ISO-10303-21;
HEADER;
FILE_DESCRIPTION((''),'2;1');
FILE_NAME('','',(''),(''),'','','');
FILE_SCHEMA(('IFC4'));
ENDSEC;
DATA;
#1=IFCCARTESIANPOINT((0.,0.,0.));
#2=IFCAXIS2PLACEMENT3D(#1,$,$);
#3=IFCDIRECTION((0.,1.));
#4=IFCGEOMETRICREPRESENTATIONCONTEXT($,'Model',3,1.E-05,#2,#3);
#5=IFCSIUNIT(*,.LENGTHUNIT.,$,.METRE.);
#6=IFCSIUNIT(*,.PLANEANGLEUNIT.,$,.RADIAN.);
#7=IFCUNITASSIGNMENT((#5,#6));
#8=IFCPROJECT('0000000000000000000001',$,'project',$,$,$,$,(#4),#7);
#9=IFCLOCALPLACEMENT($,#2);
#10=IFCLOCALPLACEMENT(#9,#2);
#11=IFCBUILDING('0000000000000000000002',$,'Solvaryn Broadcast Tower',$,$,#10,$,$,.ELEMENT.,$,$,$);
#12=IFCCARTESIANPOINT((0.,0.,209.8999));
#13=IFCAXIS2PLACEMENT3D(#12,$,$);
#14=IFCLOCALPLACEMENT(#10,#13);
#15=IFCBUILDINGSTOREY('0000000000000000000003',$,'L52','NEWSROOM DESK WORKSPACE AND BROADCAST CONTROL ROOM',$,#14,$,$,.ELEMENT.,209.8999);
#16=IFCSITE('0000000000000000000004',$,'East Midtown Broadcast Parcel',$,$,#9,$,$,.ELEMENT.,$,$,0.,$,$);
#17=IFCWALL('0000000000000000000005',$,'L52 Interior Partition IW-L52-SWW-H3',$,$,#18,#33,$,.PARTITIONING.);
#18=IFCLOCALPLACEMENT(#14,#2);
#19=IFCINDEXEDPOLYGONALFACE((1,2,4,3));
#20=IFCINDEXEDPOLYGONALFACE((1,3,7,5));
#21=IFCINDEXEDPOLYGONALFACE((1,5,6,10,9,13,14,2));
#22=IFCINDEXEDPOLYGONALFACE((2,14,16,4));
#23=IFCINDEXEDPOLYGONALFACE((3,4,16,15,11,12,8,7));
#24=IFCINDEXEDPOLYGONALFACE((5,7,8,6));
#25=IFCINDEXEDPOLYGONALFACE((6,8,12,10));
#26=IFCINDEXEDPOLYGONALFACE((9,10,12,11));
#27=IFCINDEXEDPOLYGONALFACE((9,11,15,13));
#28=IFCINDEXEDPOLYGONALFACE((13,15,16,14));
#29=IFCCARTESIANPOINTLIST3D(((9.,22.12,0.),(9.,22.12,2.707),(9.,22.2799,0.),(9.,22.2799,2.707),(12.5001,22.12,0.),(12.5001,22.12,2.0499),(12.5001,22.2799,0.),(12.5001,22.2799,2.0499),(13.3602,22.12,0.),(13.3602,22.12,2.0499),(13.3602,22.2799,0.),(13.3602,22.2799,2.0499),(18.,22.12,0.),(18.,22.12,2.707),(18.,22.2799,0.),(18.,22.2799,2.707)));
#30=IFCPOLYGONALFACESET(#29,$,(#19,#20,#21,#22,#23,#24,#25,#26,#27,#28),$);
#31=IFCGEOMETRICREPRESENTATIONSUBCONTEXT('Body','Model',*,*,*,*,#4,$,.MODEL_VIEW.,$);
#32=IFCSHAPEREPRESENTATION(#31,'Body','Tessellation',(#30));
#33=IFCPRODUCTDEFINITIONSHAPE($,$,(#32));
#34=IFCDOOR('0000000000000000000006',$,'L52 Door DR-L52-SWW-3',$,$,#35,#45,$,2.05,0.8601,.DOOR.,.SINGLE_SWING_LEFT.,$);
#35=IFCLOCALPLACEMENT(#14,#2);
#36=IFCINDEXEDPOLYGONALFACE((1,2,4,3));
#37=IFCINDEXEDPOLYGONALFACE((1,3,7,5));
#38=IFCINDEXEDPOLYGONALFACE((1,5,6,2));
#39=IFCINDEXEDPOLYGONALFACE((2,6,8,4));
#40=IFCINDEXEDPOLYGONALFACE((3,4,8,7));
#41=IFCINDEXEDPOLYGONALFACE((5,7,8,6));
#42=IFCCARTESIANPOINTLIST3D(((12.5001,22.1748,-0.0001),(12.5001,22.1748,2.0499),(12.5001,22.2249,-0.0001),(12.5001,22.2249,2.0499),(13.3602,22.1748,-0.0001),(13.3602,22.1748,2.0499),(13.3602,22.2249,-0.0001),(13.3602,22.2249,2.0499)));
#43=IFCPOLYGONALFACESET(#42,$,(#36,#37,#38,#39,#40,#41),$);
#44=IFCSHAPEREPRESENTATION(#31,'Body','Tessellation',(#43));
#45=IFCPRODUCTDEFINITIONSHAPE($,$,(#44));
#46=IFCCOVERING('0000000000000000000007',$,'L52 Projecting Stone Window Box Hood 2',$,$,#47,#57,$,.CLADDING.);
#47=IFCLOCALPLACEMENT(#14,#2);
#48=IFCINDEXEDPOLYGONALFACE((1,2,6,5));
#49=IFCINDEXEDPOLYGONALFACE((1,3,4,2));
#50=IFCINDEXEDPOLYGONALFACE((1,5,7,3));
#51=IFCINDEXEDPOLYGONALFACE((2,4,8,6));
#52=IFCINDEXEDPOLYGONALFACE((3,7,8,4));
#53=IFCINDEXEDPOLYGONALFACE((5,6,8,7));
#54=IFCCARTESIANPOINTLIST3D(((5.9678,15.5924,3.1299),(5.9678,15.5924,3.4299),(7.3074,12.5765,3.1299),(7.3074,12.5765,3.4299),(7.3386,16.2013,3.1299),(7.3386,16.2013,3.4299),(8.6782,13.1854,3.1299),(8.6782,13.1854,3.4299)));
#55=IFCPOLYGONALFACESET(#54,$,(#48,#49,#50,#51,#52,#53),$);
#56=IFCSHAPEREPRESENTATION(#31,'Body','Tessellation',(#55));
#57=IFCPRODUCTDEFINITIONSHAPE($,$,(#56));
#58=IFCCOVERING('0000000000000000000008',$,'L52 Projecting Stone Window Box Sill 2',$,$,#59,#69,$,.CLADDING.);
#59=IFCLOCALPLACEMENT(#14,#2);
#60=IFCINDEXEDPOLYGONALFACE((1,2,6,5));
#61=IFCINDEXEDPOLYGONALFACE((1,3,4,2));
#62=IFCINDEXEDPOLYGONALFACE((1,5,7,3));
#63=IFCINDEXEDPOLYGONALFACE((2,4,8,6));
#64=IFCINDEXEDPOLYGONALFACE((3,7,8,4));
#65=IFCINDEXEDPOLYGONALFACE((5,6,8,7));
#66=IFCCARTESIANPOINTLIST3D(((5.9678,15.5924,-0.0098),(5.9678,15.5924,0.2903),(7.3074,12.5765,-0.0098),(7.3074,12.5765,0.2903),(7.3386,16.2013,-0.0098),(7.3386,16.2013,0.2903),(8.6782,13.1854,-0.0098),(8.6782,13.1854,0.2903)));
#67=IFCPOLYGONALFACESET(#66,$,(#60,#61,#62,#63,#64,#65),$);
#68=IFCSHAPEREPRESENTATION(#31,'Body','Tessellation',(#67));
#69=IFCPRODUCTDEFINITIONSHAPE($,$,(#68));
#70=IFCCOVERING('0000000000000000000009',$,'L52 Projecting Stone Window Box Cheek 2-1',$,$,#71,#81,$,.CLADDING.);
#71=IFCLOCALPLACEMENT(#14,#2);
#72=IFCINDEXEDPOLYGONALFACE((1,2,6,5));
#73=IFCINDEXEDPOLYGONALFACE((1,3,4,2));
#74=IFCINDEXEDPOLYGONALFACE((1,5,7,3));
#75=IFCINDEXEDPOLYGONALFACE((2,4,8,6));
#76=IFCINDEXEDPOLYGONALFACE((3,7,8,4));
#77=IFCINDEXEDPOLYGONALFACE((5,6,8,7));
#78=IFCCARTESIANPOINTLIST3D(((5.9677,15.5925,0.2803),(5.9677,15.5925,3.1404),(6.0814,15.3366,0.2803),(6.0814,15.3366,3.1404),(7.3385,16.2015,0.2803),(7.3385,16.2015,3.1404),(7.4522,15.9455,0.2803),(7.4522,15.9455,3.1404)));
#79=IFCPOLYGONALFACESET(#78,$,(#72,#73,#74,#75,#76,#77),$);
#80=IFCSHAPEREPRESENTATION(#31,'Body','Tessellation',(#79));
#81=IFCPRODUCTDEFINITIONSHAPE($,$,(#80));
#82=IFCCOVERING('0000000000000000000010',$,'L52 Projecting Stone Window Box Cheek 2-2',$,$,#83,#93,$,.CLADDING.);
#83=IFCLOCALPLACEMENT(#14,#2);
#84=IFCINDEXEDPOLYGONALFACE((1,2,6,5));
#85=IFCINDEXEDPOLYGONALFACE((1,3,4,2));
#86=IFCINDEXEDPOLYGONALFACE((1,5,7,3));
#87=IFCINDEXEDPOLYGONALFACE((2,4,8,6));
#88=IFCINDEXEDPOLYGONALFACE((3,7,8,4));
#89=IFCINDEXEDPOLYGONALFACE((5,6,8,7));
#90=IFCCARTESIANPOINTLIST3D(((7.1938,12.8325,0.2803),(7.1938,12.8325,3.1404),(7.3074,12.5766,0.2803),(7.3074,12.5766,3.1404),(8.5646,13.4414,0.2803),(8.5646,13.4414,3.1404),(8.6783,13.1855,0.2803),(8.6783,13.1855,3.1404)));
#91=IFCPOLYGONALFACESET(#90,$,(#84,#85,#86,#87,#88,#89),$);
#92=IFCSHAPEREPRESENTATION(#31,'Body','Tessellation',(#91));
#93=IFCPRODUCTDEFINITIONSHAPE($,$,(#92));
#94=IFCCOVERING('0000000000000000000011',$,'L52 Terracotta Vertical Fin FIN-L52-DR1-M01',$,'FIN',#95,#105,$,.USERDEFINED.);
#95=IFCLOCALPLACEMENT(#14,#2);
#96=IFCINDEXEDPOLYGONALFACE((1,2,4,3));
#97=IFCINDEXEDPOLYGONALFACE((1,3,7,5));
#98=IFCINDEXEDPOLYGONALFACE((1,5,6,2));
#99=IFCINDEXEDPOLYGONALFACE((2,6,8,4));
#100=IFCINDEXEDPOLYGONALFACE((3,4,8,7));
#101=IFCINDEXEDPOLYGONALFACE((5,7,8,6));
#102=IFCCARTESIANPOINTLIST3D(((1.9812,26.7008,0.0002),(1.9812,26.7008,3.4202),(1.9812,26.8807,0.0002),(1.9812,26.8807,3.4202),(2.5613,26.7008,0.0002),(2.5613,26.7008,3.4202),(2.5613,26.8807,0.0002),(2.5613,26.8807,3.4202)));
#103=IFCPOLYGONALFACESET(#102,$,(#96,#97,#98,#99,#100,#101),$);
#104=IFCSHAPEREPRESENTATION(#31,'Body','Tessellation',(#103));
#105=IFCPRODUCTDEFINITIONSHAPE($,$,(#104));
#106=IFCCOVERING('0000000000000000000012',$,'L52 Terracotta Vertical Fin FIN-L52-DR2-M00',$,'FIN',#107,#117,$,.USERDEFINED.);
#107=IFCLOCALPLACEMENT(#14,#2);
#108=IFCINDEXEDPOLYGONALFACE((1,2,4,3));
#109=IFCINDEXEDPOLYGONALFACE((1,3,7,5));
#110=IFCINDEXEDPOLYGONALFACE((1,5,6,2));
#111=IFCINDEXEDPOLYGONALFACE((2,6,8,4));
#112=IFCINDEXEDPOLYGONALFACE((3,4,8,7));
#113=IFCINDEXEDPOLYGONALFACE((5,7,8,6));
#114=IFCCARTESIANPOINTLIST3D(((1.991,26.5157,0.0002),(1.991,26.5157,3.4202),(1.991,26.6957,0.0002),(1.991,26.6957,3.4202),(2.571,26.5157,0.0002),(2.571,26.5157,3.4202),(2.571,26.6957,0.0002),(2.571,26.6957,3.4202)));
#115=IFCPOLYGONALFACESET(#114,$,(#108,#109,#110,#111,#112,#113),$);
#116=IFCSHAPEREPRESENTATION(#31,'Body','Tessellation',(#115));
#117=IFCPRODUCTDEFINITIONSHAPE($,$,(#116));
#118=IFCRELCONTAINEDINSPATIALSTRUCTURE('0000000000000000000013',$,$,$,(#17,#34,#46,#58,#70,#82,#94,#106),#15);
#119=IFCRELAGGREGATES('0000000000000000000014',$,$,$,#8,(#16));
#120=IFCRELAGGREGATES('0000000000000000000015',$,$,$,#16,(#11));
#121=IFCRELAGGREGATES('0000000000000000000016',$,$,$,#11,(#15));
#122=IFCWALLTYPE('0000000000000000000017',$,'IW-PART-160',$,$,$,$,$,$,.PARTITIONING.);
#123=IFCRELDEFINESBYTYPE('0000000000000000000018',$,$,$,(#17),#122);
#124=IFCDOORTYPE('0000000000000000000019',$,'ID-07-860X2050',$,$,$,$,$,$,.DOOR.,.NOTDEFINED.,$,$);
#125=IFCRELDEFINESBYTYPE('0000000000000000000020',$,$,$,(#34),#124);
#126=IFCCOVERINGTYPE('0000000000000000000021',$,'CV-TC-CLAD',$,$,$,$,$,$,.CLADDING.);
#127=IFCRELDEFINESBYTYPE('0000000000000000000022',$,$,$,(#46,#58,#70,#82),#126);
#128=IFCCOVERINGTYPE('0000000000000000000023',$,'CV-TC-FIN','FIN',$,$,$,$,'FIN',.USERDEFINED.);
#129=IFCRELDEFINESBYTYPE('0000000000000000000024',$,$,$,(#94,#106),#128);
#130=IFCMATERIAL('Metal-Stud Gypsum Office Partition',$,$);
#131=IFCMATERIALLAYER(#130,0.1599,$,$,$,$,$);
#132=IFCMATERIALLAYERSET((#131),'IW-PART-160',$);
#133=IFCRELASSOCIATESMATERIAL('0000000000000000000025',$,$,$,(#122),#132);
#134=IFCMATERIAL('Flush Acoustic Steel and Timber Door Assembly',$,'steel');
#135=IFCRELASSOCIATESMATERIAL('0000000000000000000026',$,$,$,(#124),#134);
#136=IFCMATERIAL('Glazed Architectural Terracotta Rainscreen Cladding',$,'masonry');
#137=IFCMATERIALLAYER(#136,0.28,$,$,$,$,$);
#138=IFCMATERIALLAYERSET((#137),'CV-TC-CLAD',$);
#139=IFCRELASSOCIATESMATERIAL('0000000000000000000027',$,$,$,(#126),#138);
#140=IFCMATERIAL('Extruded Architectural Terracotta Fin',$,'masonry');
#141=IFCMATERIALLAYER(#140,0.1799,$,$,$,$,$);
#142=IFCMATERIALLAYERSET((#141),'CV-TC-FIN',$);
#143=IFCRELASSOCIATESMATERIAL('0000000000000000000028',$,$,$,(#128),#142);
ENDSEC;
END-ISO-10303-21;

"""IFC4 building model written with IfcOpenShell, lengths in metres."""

from ifc_helpers import new_model, si_unit, direction, frame, frame_2d, origin, origin_2d, place, context, subcontext, project, spatial, rectangle, extrude, material, layer, layer_set, type_object, element, fill, save


model = new_model("IFC4")

# Units and contexts
model_context = context("Model", 3, precision=1e-05, world=origin(), true_north=direction((0.0, 1.0)))
body_context = subcontext(model_context, "Body", "Model", "MODEL_VIEW")
ifc_project = project(units=[si_unit("LENGTHUNIT", "METRE"), si_unit("PLANEANGLEUNIT", "RADIAN")], contexts=[model_context])

# Site, building, storey
site_placement = place(None, origin())
site = spatial("IfcSite", under=ifc_project, at=site_placement, Name="East Midtown Broadcast Parcel", CompositionType="ELEMENT", RefElevation=0.0)
building_placement = place(site_placement, origin())
building = spatial("IfcBuilding", under=site, at=building_placement, Name="Solvaryn Broadcast Tower", CompositionType="ELEMENT")
storey_placement = place(building_placement, frame((0.0, 0.0, 209.8999)))
storey = spatial("IfcBuildingStorey", under=building, at=storey_placement, Name="L52", Description="NEWSROOM DESK WORKSPACE AND BROADCAST CONTROL ROOM", CompositionType="ELEMENT", Elevation=209.8999)

# Wall, opening, door
ifc_material_1 = material(Name="Metal-Stud Gypsum Office Partition")
ifc_layer_1 = layer(ifc_material_1, 0.1599)
ifc_layer_set_1 = layer_set([ifc_layer_1], Name="IW-PART-160")
wall_type = type_object("IfcWallType", Name="IW-PART-160", PredefinedType="PARTITIONING", material=ifc_layer_set_1)
wall_1_placement = place(storey_placement, frame((9.0, 22.2, 0.0), z_axis=(0.0, 0.0, 1.0), x_axis=(1.0, 0.0, 0.0)))
wall_1 = element("IfcWall", 1, at=wall_1_placement, inside=storey, type_object=wall_type, Name="L52 Interior Partition IW-L52-SWW-H3", PredefinedType="PARTITIONING", context=body_context, shape_type="SweptSolid", body=[
    extrude(rectangle(XDim=9.0, YDim=0.1599, at=frame_2d((4.5, 0.0))), origin(), (0.0, 0.0, 1.0), 2.707),
])
opening_1_placement = place(wall_1_placement, frame((3.5, 0.0, 0.0)))
opening_1 = element("IfcOpeningElement", 2, at=opening_1_placement, cuts=wall_1, PredefinedType="OPENING", context=body_context, shape_type="SweptSolid", body=[
    extrude(rectangle(XDim=0.8601, YDim=2.05, at=frame_2d((0.4302, 1.0249))), frame((0.0, 0.0901, 0.0), z_axis=(0.0, -1.0, 0.0), x_axis=(1.0, 0.0, 0.0)), (0.0, 0.0, 1.0), 0.1799),
])
ifc_material_2 = material(Name="Flush Acoustic Steel and Timber Door Assembly", Category="steel")
door_type_1 = type_object("IfcDoorType", Name="ID-07-860X2050", OperationType="NOTDEFINED", PredefinedType="DOOR", material=ifc_material_2)
door_1_placement = place(opening_1_placement, origin())
door_1 = element("IfcDoor", 3, at=door_1_placement, inside=storey, type_object=door_type_1, Name="L52 Door DR-L52-SWW-3", OperationType="SINGLE_SWING_LEFT", OverallHeight=2.05, OverallWidth=0.8601, PredefinedType="DOOR", context=body_context, shape_type="SweptSolid", body=[
    extrude(rectangle(XDim=0.8601, YDim=2.05, at=frame_2d((0.4302, 1.0249))), frame((0.0, 0.0249, 0.0), z_axis=(0.0, -1.0, 0.0), x_axis=(1.0, 0.0, 0.0)), (0.0, 0.0, 1.0), 0.05),
])
fill(opening_1, door_1)

# Coverings
ifc_material_3 = material(Name="Glazed Architectural Terracotta Rainscreen Cladding", Category="masonry")
ifc_layer_2 = layer(ifc_material_3, 0.28)
ifc_layer_set_2 = layer_set([ifc_layer_2], Name="CV-TC-CLAD")
covering_type_1 = type_object("IfcCoveringType", Name="CV-TC-CLAD", PredefinedType="CLADDING", material=ifc_layer_set_2)
for number, where, z_axis, x_axis, name in (
    (4, (7.323, 14.3889, 3.1299), (0.0, 0.0, 1.0), (0.405939, -0.9139, 0.0), "L52 Projecting Stone Window Box Hood 2"),
    (5, (7.323, 14.3889, -0.0098), (0.0, 0.0, 1.0), (0.405939, -0.9139, 0.0), "L52 Projecting Stone Window Box Sill 2"),
):
    element("IfcCovering", number, at=place(storey_placement, frame(where, z_axis=z_axis, x_axis=x_axis)), inside=storey, type_object=covering_type_1, Name=name, PredefinedType="CLADDING", context=body_context, shape_type="SweptSolid", body=[
        extrude(rectangle(XDim=3.3, YDim=1.5, at=origin_2d()), origin(), (0.0, 0.0, 1.0), 0.3),
    ])
for number, where, z_axis, x_axis, name in (
    (6, (6.71, 15.769, 0.2803), (0.0, 0.0, 1.0), (0.405939, -0.9139, 0.0), "L52 Projecting Stone Window Box Cheek 2-1"),
    (7, (7.936, 13.009, 0.2803), (0.0, 0.0, 1.0), (0.405939, -0.9139, 0.0), "L52 Projecting Stone Window Box Cheek 2-2"),
):
    element("IfcCovering", number, at=place(storey_placement, frame(where, z_axis=z_axis, x_axis=x_axis)), inside=storey, type_object=covering_type_1, Name=name, PredefinedType="CLADDING", context=body_context, shape_type="SweptSolid", body=[
        extrude(rectangle(XDim=0.28, YDim=1.5, at=origin_2d()), origin(), (0.0, 0.0, 1.0), 2.8601),
    ])
ifc_material_4 = material(Name="Extruded Architectural Terracotta Fin", Category="masonry")
ifc_layer_3 = layer(ifc_material_4, 0.1799)
ifc_layer_set_3 = layer_set([ifc_layer_3], Name="CV-TC-FIN")
covering_type_2 = type_object("IfcCoveringType", Name="CV-TC-FIN", Description="FIN", ElementType="FIN", PredefinedType="USERDEFINED", material=ifc_layer_set_3)
for number, where, z_axis, x_axis, name in (
    (8, (2.2712, 26.7908, 0.0002), (0.0, 0.0, 1.0), (1.0, 0.0, 0.0), "L52 Terracotta Vertical Fin FIN-L52-DR1-M01"),
    (9, (2.281, 26.6057, 0.0002), (0.0, 0.0, 1.0), (1.0, 0.0, 0.0), "L52 Terracotta Vertical Fin FIN-L52-DR2-M00"),
):
    element("IfcCovering", number, at=place(storey_placement, frame(where, z_axis=z_axis, x_axis=x_axis)), inside=storey, type_object=covering_type_2, Name=name, ObjectType="FIN", PredefinedType="USERDEFINED", context=body_context, shape_type="SweptSolid", body=[
        extrude(rectangle(XDim=0.5801, YDim=0.1799, at=origin_2d()), origin(), (0.0, 0.0, 1.0), 3.4199),
    ])

save(model, "model.ifc")
